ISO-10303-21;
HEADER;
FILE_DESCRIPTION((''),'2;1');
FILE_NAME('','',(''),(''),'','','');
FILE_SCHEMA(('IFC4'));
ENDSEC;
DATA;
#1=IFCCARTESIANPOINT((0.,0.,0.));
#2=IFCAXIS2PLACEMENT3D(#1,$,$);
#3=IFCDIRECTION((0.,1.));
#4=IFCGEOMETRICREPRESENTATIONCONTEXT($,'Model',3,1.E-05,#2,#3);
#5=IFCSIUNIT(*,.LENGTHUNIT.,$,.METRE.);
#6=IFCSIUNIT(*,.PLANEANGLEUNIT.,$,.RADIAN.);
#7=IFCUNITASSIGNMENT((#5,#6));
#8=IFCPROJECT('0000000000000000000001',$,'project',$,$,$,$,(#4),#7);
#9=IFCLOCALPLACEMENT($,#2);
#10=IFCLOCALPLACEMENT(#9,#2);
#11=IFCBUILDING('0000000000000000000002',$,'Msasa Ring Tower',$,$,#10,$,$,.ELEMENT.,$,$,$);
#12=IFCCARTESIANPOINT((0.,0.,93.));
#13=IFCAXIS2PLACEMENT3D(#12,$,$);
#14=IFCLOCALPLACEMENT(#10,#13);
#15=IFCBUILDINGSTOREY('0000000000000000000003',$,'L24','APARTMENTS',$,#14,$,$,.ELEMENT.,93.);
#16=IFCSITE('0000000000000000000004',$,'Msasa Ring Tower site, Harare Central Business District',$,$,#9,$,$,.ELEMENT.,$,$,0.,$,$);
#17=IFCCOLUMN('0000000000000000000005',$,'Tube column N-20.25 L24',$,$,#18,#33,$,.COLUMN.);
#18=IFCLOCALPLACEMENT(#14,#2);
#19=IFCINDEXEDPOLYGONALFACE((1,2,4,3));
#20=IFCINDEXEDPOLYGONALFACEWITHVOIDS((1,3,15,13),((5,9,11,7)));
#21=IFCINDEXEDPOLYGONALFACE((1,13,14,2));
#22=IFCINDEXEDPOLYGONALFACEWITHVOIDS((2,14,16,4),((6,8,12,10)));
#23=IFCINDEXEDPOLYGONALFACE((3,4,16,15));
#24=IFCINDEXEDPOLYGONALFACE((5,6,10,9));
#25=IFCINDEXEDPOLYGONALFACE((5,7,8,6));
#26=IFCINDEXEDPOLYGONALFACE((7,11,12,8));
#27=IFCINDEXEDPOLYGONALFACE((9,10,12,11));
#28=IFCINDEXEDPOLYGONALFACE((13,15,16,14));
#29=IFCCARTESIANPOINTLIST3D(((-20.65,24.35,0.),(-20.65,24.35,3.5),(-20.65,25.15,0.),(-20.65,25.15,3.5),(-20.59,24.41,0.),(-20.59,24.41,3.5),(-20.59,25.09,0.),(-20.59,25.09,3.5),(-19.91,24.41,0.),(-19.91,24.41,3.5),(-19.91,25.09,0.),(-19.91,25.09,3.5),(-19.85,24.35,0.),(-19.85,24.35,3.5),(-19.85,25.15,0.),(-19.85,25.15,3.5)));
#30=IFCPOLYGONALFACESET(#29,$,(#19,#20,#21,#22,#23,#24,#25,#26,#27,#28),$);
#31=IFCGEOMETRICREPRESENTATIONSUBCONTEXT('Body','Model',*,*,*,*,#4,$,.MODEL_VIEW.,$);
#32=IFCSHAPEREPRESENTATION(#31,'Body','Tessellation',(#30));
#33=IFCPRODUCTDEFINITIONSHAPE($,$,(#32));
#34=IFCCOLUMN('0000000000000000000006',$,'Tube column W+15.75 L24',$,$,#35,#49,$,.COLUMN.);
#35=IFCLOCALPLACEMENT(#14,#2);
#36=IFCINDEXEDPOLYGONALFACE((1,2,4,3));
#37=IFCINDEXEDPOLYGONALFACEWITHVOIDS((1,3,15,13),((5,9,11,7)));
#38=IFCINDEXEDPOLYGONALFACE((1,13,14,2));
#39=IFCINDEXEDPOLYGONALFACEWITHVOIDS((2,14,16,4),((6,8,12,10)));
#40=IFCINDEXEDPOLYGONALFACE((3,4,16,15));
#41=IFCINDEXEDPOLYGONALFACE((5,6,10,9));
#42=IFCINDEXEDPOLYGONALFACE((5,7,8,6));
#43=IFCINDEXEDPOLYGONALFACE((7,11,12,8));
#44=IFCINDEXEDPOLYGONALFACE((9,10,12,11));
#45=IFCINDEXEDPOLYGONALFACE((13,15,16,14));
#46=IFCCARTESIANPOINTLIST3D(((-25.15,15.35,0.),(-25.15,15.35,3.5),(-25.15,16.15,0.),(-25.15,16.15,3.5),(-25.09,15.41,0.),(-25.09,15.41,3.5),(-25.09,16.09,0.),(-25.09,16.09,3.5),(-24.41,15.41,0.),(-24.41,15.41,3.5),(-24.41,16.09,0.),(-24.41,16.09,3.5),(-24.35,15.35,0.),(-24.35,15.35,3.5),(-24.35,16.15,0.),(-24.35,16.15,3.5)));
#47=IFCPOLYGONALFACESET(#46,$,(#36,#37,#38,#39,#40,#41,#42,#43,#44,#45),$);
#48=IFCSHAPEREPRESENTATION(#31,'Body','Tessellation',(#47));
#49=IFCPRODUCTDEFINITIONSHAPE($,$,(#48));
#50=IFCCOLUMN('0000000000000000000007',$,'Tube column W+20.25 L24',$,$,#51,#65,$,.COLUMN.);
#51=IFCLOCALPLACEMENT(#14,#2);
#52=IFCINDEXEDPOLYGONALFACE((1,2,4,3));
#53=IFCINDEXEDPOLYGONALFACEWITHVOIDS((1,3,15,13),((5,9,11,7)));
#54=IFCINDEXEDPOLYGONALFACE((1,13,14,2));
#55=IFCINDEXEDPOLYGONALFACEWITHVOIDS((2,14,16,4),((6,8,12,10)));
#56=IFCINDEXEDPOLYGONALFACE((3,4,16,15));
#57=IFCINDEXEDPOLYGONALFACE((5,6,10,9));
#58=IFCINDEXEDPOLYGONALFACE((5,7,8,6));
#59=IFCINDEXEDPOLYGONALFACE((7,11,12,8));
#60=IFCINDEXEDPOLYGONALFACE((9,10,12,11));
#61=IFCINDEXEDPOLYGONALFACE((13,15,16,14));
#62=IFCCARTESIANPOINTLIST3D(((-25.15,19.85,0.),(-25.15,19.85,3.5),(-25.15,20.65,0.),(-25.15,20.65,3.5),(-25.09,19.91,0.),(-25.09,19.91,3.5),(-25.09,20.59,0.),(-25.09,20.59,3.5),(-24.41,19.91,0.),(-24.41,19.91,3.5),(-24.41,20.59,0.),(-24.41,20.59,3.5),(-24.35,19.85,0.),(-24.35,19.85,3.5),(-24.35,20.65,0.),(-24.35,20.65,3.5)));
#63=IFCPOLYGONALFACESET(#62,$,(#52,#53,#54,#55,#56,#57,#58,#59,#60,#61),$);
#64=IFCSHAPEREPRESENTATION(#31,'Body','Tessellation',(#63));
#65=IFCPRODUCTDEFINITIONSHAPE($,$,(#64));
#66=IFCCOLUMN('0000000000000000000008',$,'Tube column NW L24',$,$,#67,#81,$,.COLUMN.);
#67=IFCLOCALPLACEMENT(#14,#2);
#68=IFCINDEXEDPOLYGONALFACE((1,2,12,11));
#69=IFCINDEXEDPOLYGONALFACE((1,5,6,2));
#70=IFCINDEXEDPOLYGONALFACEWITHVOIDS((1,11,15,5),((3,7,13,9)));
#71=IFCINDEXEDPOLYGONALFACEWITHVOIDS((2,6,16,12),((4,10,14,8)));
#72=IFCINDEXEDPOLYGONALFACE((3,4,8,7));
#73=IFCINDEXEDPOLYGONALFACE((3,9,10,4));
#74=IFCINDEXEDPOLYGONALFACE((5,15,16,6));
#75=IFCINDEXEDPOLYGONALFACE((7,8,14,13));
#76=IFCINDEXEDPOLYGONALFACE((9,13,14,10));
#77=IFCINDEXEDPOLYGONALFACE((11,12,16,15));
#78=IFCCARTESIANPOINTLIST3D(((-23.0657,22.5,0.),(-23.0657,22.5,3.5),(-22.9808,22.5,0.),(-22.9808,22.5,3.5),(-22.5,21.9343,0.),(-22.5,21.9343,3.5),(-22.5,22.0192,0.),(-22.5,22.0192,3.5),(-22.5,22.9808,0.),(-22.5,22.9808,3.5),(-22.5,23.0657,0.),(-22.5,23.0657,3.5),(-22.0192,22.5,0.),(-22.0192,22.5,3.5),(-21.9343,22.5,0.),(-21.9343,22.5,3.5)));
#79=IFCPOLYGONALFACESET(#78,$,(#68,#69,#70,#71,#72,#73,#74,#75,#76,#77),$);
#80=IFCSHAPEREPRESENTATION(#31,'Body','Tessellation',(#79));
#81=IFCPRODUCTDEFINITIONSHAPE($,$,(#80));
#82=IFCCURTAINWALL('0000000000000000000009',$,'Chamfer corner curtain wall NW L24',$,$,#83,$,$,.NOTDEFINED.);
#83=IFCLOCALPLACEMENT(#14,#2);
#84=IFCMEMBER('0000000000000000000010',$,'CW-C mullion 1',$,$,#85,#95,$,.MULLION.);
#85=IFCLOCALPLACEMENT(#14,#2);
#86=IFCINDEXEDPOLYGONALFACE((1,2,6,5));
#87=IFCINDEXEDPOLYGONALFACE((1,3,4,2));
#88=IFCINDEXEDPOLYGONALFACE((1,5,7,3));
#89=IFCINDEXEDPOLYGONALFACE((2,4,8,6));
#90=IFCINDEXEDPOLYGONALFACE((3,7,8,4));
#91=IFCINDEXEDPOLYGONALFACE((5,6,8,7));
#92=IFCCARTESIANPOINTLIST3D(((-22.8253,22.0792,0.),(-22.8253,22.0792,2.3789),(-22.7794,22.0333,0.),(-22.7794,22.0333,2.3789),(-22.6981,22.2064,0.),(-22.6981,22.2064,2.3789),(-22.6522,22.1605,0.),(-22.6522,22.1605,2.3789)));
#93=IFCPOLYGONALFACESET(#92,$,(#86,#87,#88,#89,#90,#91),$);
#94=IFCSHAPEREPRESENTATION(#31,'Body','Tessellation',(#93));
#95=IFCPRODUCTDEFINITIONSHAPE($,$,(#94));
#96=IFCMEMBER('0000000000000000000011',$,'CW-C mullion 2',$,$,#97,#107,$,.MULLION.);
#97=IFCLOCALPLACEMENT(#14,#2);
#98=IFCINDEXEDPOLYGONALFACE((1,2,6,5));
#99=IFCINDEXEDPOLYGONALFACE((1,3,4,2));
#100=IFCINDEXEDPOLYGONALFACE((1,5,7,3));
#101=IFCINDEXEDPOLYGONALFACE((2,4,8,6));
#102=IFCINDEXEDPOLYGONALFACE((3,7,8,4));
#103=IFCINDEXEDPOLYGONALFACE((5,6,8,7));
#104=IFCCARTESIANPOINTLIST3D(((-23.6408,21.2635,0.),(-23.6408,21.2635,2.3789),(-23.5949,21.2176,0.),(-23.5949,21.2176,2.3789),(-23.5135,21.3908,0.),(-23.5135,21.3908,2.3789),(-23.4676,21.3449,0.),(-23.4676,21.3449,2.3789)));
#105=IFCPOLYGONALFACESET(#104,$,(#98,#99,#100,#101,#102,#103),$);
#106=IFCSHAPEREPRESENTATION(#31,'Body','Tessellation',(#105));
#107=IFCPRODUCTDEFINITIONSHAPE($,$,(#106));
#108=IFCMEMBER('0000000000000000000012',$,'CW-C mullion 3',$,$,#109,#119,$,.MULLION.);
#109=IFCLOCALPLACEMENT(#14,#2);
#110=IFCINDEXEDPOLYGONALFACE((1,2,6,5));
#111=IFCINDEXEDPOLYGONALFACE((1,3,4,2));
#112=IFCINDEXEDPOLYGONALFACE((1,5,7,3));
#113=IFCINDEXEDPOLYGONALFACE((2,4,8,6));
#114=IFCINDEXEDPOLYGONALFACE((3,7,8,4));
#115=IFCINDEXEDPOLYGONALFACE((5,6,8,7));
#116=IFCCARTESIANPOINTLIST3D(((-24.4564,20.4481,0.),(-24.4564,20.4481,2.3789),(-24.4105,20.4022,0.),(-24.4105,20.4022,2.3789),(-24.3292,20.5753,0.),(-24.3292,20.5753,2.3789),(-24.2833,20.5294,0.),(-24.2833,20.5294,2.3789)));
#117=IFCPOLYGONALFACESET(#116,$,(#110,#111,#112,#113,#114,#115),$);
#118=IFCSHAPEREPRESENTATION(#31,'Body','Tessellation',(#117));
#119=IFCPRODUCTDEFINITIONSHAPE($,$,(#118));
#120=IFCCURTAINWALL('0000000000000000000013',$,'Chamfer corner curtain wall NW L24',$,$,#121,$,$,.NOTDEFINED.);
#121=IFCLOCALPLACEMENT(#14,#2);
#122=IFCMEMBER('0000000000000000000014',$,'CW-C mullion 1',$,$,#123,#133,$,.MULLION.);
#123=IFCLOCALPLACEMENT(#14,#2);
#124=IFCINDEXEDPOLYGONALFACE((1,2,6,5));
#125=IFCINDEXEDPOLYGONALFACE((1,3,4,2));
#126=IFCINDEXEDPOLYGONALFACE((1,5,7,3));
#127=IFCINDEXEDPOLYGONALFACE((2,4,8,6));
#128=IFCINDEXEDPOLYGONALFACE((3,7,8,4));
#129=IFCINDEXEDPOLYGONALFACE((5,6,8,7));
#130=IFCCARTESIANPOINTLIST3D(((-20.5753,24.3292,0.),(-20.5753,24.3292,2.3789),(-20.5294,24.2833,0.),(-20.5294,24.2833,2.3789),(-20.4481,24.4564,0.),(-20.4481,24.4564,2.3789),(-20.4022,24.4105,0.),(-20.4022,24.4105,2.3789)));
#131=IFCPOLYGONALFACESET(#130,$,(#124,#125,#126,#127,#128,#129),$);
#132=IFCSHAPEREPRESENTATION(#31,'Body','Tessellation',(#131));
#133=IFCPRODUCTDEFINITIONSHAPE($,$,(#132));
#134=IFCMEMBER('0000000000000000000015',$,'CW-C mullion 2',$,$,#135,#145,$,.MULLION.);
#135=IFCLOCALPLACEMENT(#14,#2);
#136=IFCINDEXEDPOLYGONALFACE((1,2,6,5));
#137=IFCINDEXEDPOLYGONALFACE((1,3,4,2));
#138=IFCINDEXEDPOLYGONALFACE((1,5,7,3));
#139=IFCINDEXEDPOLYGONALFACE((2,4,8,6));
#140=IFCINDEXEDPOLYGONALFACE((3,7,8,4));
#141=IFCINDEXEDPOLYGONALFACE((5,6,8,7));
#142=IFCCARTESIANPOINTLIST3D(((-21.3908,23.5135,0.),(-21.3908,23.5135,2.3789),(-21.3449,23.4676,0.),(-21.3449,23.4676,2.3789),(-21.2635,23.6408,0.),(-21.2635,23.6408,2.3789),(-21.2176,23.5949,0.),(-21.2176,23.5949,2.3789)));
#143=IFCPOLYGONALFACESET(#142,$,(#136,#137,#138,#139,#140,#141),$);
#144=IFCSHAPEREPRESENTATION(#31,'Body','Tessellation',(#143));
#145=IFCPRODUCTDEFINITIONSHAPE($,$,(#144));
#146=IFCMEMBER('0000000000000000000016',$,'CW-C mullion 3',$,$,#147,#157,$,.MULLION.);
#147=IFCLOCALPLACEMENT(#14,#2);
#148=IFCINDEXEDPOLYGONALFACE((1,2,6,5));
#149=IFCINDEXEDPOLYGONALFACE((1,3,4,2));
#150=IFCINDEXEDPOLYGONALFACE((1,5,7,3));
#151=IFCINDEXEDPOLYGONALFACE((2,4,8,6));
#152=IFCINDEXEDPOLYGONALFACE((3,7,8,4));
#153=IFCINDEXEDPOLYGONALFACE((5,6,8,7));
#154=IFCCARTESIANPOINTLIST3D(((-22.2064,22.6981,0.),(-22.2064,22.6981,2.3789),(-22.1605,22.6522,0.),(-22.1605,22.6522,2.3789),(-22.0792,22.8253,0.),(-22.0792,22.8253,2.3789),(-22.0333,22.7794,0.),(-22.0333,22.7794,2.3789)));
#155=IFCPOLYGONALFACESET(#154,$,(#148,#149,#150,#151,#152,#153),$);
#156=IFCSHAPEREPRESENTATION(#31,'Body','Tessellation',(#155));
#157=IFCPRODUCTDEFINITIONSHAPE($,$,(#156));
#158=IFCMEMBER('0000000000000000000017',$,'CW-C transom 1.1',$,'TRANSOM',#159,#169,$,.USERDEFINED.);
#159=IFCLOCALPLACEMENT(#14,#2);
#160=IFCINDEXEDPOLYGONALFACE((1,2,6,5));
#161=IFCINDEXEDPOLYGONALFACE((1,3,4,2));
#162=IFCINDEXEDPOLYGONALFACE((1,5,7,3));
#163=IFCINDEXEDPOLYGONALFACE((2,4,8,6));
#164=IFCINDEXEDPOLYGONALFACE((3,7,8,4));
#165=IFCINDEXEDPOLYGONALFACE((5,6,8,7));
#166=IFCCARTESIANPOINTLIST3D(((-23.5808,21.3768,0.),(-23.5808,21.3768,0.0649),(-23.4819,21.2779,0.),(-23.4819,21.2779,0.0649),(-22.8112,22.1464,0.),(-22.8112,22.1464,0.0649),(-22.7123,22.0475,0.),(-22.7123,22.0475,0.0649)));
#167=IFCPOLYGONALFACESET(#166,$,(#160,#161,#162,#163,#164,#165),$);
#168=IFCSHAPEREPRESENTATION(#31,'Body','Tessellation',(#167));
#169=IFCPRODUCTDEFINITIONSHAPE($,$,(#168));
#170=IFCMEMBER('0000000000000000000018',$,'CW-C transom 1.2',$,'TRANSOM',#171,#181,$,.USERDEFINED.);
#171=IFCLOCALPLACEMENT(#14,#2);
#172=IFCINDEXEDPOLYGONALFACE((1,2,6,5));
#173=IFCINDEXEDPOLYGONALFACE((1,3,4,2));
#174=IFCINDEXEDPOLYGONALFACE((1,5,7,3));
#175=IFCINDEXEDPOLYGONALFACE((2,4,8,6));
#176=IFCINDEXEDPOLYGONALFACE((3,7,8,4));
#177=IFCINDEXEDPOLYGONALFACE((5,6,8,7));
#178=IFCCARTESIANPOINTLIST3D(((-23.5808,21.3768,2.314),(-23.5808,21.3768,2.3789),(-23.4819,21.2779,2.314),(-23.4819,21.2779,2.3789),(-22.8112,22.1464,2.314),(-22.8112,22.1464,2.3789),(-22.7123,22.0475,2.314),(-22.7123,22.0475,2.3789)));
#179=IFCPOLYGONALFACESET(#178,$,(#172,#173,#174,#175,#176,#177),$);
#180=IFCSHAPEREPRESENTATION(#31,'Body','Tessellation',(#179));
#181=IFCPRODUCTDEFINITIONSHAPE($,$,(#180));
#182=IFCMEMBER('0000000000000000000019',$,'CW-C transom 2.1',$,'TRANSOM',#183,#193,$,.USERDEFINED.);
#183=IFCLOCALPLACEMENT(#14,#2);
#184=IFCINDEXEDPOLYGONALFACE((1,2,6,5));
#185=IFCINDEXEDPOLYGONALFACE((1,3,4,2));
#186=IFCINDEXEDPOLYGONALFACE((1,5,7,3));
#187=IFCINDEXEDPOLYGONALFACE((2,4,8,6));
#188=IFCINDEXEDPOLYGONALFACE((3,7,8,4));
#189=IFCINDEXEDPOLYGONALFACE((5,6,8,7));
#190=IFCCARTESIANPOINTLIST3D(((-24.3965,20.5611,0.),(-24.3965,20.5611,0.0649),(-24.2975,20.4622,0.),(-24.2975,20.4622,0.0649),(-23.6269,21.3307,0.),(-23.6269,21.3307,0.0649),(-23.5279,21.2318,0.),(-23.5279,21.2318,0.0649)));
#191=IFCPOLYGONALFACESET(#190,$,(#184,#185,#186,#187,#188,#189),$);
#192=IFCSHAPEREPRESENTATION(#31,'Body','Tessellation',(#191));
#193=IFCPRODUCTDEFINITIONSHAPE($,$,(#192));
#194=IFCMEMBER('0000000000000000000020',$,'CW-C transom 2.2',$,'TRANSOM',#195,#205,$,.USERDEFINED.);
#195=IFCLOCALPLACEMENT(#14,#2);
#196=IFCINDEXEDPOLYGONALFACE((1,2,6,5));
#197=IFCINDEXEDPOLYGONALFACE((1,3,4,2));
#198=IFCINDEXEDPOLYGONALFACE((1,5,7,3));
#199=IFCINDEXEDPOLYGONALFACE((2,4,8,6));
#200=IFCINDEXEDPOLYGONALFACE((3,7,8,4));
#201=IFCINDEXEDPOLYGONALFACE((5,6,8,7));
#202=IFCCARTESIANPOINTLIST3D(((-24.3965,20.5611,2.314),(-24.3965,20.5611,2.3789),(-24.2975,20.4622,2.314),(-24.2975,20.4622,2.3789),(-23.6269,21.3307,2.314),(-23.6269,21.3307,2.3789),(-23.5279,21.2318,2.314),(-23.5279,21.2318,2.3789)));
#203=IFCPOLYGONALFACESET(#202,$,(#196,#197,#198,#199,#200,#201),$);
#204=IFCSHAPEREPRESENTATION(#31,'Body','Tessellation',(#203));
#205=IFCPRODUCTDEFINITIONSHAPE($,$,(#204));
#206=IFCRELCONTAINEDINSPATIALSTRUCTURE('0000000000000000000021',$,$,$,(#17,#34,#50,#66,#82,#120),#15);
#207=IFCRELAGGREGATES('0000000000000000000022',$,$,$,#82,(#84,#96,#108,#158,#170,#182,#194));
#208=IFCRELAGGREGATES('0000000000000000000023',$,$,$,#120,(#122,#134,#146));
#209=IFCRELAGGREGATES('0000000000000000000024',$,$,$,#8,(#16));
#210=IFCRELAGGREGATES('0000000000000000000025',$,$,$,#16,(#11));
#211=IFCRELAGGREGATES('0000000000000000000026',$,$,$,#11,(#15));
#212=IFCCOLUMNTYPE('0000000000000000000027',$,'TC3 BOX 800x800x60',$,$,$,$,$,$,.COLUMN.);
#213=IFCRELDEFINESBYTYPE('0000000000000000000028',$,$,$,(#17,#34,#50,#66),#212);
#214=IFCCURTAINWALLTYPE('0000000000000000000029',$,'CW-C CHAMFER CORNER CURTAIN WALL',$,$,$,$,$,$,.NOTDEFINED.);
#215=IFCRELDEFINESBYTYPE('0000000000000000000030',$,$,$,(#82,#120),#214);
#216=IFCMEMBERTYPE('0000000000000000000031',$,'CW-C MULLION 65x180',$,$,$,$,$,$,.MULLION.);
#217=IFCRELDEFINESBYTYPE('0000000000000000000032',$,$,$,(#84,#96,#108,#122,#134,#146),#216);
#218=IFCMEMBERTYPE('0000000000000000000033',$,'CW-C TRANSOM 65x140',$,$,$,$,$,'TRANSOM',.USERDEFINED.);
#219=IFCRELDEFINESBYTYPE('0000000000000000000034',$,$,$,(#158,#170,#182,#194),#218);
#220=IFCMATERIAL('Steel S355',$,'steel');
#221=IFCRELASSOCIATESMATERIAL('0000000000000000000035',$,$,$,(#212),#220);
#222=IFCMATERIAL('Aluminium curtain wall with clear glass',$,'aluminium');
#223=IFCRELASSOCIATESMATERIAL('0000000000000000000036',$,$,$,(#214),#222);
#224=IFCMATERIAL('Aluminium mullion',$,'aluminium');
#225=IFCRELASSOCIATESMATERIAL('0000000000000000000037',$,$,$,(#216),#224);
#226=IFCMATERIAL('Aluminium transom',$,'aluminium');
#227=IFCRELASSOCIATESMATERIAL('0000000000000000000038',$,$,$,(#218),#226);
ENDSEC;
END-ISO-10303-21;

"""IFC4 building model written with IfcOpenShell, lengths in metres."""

from ifc_helpers import new_model, si_unit, direction, frame, origin, origin_2d, place, context, subcontext, project, spatial, rectangle, hollow_rectangle, extrude, material, material_profile, profile_set, type_object, element, aggregate, save


model = new_model("IFC4")

# Units and contexts
model_context = context("Model", 3, precision=1e-05, world=origin(), true_north=direction((0.0, 1.0)))
body_context = subcontext(model_context, "Body", "Model", "MODEL_VIEW")
ifc_project = project(units=[si_unit("LENGTHUNIT", "METRE"), si_unit("PLANEANGLEUNIT", "RADIAN")], contexts=[model_context])

# Site, building, storey
site_placement = place(None, origin())
site = spatial("IfcSite", under=ifc_project, at=site_placement, Name="Msasa Ring Tower site, Harare Central Business District", CompositionType="ELEMENT", RefElevation=0.0)
building_placement = place(site_placement, origin())
building = spatial("IfcBuilding", under=site, at=building_placement, Name="Msasa Ring Tower", CompositionType="ELEMENT")
storey_placement = place(building_placement, frame((0.0, 0.0, 93.0)))
storey = spatial("IfcBuildingStorey", under=building, at=storey_placement, Name="L24", Description="APARTMENTS", CompositionType="ELEMENT", Elevation=93.0)

# Columns
ifc_material_1 = material(Name="Steel S355", Category="steel")
ifc_material_profile_1 = material_profile(ifc_material_1, hollow_rectangle(XDim=0.8, YDim=0.8, WallThickness=0.0601, at=origin_2d()), Name="BOX 800x800x60")
ifc_profile_set_1 = profile_set([ifc_material_profile_1], Name="Steel S355")
column_type = type_object("IfcColumnType", Name="TC3 BOX 800x800x60", PredefinedType="COLUMN", material=ifc_profile_set_1)
for number, where, z_axis, x_axis, name in (
    (1, (-20.25, 24.75, 0.0), (0.0, 0.0, 1.0), (0.0, 1.0, 0.0), "Tube column N-20.25 L24"),
    (2, (-24.75, 15.75, 0.0), (0.0, 0.0, 1.0), (1.0, 0.0, 0.0), "Tube column W+15.75 L24"),
    (3, (-24.75, 20.25, 0.0), (0.0, 0.0, 1.0), (1.0, 0.0, 0.0), "Tube column W+20.25 L24"),
    (4, (-22.5, 22.5, 0.0), (0.0, 0.0, 1.0), (0.707107, -0.707107, 0.0), "Tube column NW L24"),
):
    element("IfcColumn", number, at=place(storey_placement, frame(where, z_axis=z_axis, x_axis=x_axis)), inside=storey, type_object=column_type, Name=name, PredefinedType="COLUMN", context=body_context, shape_type="SweptSolid", body=[
        extrude(hollow_rectangle(XDim=0.8, YDim=0.8, WallThickness=0.0601, at=origin_2d()), origin(), (0.0, 0.0, 1.0), 3.5),
    ])

# Curtain walls, members
ifc_material_2 = material(Name="Aluminium curtain wall with clear glass", Category="aluminium")
curtain_wall_type = type_object("IfcCurtainWallType", Name="CW-C CHAMFER CORNER CURTAIN WALL", PredefinedType="NOTDEFINED", material=ifc_material_2)
curtain_wall_1_placement = place(storey_placement, origin())
curtain_wall_1 = element("IfcCurtainWall", 5, at=curtain_wall_1_placement, inside=storey, type_object=curtain_wall_type, Name="Chamfer corner curtain wall NW L24", PredefinedType="NOTDEFINED")
ifc_material_3 = material(Name="Aluminium mullion", Category="aluminium")
ifc_material_profile_2 = material_profile(ifc_material_3, rectangle(XDim=0.0649, YDim=0.1799, at=origin_2d()), Name="AL 65x180")
ifc_profile_set_2 = profile_set([ifc_material_profile_2], Name="Aluminium mullion")
member_type_1 = type_object("IfcMemberType", Name="CW-C MULLION 65x180", PredefinedType="MULLION", material=ifc_profile_set_2)
member_1_placement = place(storey_placement, frame((-22.7388, 22.1199, 0.0), z_axis=(0.0, 0.0, 1.0), x_axis=(0.707107, -0.707107, 0.0)))
member_1 = element("IfcMember", 6, at=member_1_placement, type_object=member_type_1, Name="CW-C mullion 1", PredefinedType="MULLION", context=body_context, shape_type="SweptSolid", body=[
    extrude(rectangle(XDim=0.0649, YDim=0.1799, at=origin_2d()), origin(), (0.0, 0.0, 1.0), 2.3789),
])
member_2_placement = place(storey_placement, frame((-23.5542, 21.3042, 0.0), z_axis=(0.0, 0.0, 1.0), x_axis=(0.707107, -0.707107, 0.0)))
member_2 = element("IfcMember", 7, at=member_2_placement, type_object=member_type_1, Name="CW-C mullion 2", PredefinedType="MULLION", context=body_context, shape_type="SweptSolid", body=[
    extrude(rectangle(XDim=0.0649, YDim=0.1799, at=origin_2d()), origin(), (0.0, 0.0, 1.0), 2.3789),
])
member_3_placement = place(storey_placement, frame((-24.3699, 20.4888, 0.0), z_axis=(0.0, 0.0, 1.0), x_axis=(0.707107, -0.707107, 0.0)))
member_3 = element("IfcMember", 8, at=member_3_placement, type_object=member_type_1, Name="CW-C mullion 3", PredefinedType="MULLION", context=body_context, shape_type="SweptSolid", body=[
    extrude(rectangle(XDim=0.0649, YDim=0.1799, at=origin_2d()), origin(), (0.0, 0.0, 1.0), 2.3789),
])
curtain_wall_2_placement = place(storey_placement, origin())
curtain_wall_2 = element("IfcCurtainWall", 9, at=curtain_wall_2_placement, inside=storey, type_object=curtain_wall_type, Name="Chamfer corner curtain wall NW L24", PredefinedType="NOTDEFINED")
member_4_placement = place(storey_placement, frame((-20.4888, 24.3699, 0.0), z_axis=(0.0, 0.0, 1.0), x_axis=(0.707107, -0.707107, 0.0)))
member_4 = element("IfcMember", 10, at=member_4_placement, type_object=member_type_1, Name="CW-C mullion 1", PredefinedType="MULLION", context=body_context, shape_type="SweptSolid", body=[
    extrude(rectangle(XDim=0.0649, YDim=0.1799, at=origin_2d()), origin(), (0.0, 0.0, 1.0), 2.3789),
])
member_5_placement = place(storey_placement, frame((-21.3042, 23.5542, 0.0), z_axis=(0.0, 0.0, 1.0), x_axis=(0.707107, -0.707107, 0.0)))
member_5 = element("IfcMember", 11, at=member_5_placement, type_object=member_type_1, Name="CW-C mullion 2", PredefinedType="MULLION", context=body_context, shape_type="SweptSolid", body=[
    extrude(rectangle(XDim=0.0649, YDim=0.1799, at=origin_2d()), origin(), (0.0, 0.0, 1.0), 2.3789),
])
member_6_placement = place(storey_placement, frame((-22.1199, 22.7388, 0.0), z_axis=(0.0, 0.0, 1.0), x_axis=(0.707107, -0.707107, 0.0)))
member_6 = element("IfcMember", 12, at=member_6_placement, type_object=member_type_1, Name="CW-C mullion 3", PredefinedType="MULLION", context=body_context, shape_type="SweptSolid", body=[
    extrude(rectangle(XDim=0.0649, YDim=0.1799, at=origin_2d()), origin(), (0.0, 0.0, 1.0), 2.3789),
])

# Members
ifc_material_4 = material(Name="Aluminium transom", Category="aluminium")
ifc_material_profile_3 = material_profile(ifc_material_4, rectangle(XDim=0.1399, YDim=0.0649, at=origin_2d()), Name="AL 65x140")
ifc_profile_set_3 = profile_set([ifc_material_profile_3], Name="Aluminium transom")
member_type_2 = type_object("IfcMemberType", Name="CW-C TRANSOM 65x140", ElementType="TRANSOM", PredefinedType="USERDEFINED", material=ifc_profile_set_3)
member_7_placement = place(storey_placement, frame((-22.7617, 22.0969, 0.0325), z_axis=(-0.707107, -0.707107, 0.0), x_axis=(0.707107, -0.707107, 0.0)))
member_7 = element("IfcMember", 13, at=member_7_placement, type_object=member_type_2, Name="CW-C transom 1.1", ObjectType="TRANSOM", PredefinedType="USERDEFINED", context=body_context, shape_type="SweptSolid", body=[
    extrude(rectangle(XDim=0.1399, YDim=0.0649, at=origin_2d()), origin(), (0.0, 0.0, 1.0), 1.0884),
])
member_8_placement = place(storey_placement, frame((-22.7617, 22.0969, 2.3464), z_axis=(-0.707107, -0.707107, 0.0), x_axis=(0.707107, -0.707107, 0.0)))
member_8 = element("IfcMember", 14, at=member_8_placement, type_object=member_type_2, Name="CW-C transom 1.2", ObjectType="TRANSOM", PredefinedType="USERDEFINED", context=body_context, shape_type="SweptSolid", body=[
    extrude(rectangle(XDim=0.1399, YDim=0.0649, at=origin_2d()), origin(), (0.0, 0.0, 1.0), 1.0884),
])
member_9_placement = place(storey_placement, frame((-23.5774, 21.2812, 0.0325), z_axis=(-0.707107, -0.707107, 0.0), x_axis=(0.707107, -0.707107, 0.0)))
member_9 = element("IfcMember", 15, at=member_9_placement, type_object=member_type_2, Name="CW-C transom 2.1", ObjectType="TRANSOM", PredefinedType="USERDEFINED", context=body_context, shape_type="SweptSolid", body=[
    extrude(rectangle(XDim=0.1399, YDim=0.0649, at=origin_2d()), origin(), (0.0, 0.0, 1.0), 1.0884),
])
member_10_placement = place(storey_placement, frame((-23.5774, 21.2812, 2.3464), z_axis=(-0.707107, -0.707107, 0.0), x_axis=(0.707107, -0.707107, 0.0)))
member_10 = element("IfcMember", 16, at=member_10_placement, type_object=member_type_2, Name="CW-C transom 2.2", ObjectType="TRANSOM", PredefinedType="USERDEFINED", context=body_context, shape_type="SweptSolid", body=[
    extrude(rectangle(XDim=0.1399, YDim=0.0649, at=origin_2d()), origin(), (0.0, 0.0, 1.0), 1.0884),
])

aggregate(curtain_wall_1, [member_1, member_2, member_3, member_7, member_8, member_9, member_10])
aggregate(curtain_wall_2, [member_4, member_5, member_6])

save(model, "model.ifc")
